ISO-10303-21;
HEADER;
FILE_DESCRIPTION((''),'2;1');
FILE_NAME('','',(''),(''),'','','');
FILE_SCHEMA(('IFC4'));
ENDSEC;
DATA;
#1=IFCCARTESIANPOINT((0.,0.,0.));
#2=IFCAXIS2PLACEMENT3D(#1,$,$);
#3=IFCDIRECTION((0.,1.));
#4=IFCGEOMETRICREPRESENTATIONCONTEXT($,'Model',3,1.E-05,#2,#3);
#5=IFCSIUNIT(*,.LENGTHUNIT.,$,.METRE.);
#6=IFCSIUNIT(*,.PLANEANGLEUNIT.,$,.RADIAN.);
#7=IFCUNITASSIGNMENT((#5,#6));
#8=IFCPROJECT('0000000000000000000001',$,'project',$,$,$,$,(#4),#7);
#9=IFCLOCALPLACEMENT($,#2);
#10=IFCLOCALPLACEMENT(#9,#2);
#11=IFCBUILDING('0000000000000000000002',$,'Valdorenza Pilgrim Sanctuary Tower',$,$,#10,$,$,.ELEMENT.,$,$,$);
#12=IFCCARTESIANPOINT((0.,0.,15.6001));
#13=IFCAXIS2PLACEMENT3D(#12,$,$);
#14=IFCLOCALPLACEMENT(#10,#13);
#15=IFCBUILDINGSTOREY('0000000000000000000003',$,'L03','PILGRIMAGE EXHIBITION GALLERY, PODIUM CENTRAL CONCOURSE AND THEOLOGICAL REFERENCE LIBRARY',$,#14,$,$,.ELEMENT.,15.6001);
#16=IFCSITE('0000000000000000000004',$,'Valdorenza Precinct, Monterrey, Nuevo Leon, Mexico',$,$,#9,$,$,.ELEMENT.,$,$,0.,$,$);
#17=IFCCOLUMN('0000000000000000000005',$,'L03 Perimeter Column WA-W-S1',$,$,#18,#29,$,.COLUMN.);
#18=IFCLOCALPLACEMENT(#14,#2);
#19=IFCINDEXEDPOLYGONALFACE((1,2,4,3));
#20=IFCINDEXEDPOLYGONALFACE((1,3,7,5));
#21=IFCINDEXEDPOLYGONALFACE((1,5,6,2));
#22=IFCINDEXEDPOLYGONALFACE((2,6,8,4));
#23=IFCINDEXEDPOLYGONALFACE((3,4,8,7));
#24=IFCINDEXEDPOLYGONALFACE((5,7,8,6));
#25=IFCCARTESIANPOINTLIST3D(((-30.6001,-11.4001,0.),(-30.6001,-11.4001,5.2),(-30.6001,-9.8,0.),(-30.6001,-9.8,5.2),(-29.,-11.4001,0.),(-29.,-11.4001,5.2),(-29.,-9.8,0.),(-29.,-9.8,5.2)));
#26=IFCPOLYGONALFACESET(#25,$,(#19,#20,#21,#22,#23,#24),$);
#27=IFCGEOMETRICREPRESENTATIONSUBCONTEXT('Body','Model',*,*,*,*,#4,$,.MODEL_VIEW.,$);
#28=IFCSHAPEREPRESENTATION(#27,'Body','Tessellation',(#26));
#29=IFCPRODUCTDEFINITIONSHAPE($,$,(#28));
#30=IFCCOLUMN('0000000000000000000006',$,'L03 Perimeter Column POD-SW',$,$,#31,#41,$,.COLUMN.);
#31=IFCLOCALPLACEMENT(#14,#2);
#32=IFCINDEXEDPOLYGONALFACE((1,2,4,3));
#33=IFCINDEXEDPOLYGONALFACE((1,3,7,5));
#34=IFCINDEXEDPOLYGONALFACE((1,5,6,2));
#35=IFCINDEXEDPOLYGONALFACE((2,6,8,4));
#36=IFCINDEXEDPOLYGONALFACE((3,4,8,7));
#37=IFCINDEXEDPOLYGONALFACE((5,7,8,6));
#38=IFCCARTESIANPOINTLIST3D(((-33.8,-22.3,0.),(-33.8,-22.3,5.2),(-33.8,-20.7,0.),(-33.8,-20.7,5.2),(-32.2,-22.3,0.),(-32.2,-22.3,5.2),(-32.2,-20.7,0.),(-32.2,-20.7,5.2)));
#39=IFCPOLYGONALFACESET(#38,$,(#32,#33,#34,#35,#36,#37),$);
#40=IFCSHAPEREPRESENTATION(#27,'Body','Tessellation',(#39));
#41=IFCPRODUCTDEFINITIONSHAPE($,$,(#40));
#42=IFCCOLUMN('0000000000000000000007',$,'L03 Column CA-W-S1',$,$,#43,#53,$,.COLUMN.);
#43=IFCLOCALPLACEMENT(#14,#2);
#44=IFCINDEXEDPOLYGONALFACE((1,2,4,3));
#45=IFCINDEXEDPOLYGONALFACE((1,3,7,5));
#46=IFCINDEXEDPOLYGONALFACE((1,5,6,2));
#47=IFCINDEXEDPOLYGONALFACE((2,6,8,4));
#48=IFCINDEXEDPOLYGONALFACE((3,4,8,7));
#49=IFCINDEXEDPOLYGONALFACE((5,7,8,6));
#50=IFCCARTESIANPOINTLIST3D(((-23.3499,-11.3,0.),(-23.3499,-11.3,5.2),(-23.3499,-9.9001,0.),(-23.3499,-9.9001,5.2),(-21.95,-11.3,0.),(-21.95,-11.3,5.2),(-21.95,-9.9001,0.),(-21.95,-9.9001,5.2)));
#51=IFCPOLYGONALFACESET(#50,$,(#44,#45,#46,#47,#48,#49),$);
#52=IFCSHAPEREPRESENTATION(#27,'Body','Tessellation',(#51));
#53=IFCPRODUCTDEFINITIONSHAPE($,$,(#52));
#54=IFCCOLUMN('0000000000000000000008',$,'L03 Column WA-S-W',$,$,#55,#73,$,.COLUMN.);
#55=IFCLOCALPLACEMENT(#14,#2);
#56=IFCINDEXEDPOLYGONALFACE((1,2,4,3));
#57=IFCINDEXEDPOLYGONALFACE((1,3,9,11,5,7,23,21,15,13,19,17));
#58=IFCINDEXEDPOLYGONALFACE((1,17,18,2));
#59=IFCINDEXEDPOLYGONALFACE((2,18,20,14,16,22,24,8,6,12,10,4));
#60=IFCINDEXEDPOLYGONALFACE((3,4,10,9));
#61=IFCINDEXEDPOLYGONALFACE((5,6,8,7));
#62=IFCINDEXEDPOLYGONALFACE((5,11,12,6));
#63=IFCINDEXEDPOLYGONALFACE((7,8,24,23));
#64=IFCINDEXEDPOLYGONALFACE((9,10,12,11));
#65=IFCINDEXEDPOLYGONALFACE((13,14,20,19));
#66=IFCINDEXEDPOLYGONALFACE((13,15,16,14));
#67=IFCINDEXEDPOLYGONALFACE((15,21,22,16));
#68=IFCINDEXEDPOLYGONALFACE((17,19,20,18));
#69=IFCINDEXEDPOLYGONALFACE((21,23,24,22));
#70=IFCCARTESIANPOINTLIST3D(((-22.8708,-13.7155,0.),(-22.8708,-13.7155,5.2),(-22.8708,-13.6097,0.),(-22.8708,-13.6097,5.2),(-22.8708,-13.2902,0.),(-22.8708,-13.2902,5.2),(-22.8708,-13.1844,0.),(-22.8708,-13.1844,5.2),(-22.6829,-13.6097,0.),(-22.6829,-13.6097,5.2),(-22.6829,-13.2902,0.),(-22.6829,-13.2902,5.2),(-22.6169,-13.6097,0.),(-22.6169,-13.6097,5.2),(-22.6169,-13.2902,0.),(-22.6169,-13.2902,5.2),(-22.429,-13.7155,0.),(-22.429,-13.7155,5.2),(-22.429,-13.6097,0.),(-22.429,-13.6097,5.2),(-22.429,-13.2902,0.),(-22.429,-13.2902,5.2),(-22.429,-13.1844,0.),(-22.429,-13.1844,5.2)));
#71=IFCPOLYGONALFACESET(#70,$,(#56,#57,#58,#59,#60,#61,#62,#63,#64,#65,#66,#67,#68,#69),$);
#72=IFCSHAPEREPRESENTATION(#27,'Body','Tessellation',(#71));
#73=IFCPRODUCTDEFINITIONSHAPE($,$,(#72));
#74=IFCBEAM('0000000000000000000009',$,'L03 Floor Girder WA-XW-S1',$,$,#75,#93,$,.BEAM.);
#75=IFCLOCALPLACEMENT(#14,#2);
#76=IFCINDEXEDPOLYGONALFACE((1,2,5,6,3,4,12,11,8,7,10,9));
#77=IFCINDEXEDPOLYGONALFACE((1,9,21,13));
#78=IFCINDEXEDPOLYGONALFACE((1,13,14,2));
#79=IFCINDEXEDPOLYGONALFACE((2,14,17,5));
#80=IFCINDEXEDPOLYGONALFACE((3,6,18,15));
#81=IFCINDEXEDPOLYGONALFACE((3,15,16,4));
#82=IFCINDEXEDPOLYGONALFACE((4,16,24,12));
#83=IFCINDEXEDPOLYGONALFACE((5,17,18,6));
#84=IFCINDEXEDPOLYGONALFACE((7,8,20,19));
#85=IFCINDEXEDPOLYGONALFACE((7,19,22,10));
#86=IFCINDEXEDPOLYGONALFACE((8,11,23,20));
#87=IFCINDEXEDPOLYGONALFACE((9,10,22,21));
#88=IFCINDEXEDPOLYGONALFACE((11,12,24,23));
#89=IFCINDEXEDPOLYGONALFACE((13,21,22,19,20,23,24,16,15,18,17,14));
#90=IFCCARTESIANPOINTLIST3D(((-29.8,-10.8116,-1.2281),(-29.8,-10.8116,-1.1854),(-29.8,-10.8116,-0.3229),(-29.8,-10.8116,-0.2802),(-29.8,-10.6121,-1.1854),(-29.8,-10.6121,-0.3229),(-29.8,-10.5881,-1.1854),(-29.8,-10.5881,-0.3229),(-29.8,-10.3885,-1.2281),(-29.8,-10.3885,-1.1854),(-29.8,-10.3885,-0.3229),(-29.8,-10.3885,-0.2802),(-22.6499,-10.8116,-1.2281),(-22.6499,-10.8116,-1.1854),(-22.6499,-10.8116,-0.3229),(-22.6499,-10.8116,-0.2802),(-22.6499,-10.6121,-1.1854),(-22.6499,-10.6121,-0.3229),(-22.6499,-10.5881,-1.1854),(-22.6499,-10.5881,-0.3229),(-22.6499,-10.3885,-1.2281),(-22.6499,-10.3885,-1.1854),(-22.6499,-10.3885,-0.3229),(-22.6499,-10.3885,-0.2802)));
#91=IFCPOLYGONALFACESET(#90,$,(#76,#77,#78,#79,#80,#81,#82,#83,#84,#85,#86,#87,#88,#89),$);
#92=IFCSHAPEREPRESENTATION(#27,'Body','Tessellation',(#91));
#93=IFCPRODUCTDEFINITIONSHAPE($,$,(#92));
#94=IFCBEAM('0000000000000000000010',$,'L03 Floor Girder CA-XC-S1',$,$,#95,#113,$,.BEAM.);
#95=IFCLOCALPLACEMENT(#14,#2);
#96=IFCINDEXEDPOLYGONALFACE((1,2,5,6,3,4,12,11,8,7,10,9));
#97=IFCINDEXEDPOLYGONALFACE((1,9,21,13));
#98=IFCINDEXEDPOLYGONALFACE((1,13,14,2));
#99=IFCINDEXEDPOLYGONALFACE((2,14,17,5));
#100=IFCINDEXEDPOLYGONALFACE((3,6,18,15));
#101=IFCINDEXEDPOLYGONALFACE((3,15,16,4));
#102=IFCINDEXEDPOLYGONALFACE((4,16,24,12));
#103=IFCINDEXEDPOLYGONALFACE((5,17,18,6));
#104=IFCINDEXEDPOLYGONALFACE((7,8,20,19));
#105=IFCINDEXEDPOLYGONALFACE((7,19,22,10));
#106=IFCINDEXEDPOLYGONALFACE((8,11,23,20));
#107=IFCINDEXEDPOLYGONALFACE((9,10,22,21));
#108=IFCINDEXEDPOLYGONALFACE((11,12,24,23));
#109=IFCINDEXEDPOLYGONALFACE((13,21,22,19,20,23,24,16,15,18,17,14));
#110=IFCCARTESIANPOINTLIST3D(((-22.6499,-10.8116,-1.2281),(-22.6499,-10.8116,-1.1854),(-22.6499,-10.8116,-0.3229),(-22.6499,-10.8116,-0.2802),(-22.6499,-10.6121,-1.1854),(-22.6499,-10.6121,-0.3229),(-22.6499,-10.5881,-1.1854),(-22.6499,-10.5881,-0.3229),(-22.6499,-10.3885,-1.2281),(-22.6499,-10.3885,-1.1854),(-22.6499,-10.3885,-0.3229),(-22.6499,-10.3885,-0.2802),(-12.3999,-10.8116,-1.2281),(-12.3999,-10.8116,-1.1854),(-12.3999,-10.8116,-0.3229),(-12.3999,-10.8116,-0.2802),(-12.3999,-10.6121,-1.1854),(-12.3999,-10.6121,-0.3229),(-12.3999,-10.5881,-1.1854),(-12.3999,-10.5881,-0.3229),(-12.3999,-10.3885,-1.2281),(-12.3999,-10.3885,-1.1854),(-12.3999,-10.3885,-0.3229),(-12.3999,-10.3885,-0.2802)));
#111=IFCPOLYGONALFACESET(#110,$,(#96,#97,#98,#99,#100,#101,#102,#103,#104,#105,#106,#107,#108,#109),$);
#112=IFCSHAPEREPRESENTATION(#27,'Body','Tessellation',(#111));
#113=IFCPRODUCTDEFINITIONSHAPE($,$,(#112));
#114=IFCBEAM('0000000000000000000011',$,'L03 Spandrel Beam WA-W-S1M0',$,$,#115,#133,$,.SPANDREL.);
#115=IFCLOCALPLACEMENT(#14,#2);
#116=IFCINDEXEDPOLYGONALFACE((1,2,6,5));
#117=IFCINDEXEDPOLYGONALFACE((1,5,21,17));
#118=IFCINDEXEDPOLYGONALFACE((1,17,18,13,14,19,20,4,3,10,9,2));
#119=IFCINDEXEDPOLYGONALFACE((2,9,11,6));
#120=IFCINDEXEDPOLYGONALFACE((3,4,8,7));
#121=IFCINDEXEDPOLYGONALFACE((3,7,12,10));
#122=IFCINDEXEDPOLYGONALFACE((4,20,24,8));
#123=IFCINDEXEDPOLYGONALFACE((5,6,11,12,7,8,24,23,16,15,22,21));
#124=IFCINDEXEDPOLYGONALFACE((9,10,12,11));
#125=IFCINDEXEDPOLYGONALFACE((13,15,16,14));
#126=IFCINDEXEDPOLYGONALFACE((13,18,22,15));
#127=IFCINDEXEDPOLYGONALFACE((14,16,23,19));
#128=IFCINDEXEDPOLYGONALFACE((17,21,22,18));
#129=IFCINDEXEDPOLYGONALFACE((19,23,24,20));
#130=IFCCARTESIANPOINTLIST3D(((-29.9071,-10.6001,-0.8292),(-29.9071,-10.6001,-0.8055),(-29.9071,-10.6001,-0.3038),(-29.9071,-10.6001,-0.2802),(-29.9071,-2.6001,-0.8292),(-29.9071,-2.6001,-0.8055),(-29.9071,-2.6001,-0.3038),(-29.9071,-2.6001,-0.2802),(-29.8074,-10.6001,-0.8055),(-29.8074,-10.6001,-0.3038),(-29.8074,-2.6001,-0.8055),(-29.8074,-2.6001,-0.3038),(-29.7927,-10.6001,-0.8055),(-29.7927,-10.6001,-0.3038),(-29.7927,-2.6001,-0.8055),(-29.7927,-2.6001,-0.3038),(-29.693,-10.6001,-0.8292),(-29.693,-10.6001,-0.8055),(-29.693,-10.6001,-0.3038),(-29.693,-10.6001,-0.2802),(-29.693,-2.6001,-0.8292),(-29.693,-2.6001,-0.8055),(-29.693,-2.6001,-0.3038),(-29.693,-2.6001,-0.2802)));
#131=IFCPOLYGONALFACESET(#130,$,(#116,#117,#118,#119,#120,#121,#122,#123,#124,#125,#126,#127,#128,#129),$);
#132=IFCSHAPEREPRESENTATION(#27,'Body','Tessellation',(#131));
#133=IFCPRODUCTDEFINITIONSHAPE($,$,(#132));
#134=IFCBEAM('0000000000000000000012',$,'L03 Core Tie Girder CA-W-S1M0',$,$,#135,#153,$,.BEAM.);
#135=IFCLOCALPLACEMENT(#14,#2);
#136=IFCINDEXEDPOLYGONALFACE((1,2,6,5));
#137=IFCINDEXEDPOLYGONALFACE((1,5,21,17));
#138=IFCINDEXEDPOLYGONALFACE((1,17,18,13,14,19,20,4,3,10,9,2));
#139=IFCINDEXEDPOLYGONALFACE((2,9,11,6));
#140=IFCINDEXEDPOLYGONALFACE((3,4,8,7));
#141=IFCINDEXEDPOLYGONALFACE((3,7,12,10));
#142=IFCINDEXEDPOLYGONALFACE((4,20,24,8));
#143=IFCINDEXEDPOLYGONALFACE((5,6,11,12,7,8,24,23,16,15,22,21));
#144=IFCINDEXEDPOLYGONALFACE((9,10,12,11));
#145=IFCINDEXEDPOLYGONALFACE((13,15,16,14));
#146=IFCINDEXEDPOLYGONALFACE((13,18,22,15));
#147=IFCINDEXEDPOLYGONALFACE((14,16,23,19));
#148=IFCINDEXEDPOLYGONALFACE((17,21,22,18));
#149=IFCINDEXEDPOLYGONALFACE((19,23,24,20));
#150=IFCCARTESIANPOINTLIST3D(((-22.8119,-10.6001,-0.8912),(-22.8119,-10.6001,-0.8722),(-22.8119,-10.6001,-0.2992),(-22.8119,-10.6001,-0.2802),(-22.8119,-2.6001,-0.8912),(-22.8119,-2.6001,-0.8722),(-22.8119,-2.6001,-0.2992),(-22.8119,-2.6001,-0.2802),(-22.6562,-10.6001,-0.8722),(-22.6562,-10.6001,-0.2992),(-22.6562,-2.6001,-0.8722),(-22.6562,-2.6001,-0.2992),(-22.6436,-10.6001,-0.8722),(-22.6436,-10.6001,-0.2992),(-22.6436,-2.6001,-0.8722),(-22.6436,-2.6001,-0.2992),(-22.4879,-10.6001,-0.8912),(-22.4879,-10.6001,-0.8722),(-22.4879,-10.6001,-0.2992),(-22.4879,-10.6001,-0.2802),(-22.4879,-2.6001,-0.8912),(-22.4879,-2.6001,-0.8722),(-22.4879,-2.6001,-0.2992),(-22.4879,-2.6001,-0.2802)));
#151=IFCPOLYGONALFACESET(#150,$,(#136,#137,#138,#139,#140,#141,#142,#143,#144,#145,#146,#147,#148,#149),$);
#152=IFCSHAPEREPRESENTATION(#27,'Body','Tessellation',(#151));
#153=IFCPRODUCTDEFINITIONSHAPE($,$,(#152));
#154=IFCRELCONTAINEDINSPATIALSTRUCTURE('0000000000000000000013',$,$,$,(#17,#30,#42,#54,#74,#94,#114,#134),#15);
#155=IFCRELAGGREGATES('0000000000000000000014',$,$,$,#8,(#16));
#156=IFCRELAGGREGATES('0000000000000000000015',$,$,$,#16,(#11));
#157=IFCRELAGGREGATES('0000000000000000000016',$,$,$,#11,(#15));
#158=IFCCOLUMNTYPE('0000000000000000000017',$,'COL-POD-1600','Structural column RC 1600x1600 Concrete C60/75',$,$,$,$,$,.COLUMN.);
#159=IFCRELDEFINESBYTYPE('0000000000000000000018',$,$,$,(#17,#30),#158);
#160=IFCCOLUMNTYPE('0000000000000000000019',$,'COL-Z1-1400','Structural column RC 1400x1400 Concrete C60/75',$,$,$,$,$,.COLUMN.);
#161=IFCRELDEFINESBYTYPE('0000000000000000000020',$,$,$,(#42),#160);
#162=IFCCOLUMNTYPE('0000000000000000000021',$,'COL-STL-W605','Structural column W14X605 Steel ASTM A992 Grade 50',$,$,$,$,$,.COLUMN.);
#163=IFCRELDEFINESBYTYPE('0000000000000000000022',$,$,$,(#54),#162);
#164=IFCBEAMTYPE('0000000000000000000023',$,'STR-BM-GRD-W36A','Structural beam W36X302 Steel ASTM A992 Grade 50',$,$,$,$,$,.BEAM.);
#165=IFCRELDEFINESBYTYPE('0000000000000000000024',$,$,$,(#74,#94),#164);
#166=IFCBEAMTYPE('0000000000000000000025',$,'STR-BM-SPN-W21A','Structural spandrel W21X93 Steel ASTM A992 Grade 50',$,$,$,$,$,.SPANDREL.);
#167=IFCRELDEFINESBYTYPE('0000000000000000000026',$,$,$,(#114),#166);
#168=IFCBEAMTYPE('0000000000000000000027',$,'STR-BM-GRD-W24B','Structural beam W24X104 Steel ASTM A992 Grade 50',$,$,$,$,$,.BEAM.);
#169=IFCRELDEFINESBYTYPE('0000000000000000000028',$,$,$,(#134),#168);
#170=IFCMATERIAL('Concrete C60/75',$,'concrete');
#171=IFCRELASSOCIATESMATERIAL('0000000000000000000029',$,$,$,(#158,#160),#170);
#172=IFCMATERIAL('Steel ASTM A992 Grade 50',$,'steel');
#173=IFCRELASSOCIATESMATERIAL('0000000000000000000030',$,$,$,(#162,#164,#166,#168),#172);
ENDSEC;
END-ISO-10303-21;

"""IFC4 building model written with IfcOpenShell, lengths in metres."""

from ifc_helpers import new_model, si_unit, direction, frame, origin, origin_2d, place, context, subcontext, project, spatial, rectangle, i_section, extrude, source, transform, mapped, material, material_profile, profile_set, type_object, element, save


model = new_model("IFC4")

# Units and contexts
model_context = context("Model", 3, precision=1e-05, world=origin(), true_north=direction((0.0, 1.0)))
body_context = subcontext(model_context, "Body", "Model", "MODEL_VIEW")
ifc_project = project(units=[si_unit("LENGTHUNIT", "METRE"), si_unit("PLANEANGLEUNIT", "RADIAN")], contexts=[model_context])

# Site, building, storey
site_placement = place(None, origin())
site = spatial("IfcSite", under=ifc_project, at=site_placement, Name="Valdorenza Precinct, Monterrey, Nuevo Leon, Mexico", CompositionType="ELEMENT", RefElevation=0.0)
building_placement = place(site_placement, origin())
building = spatial("IfcBuilding", under=site, at=building_placement, Name="Valdorenza Pilgrim Sanctuary Tower", CompositionType="ELEMENT")
storey_placement = place(building_placement, frame((0.0, 0.0, 15.6001)))
storey = spatial("IfcBuildingStorey", under=building, at=storey_placement, Name="L03", Description="PILGRIMAGE EXHIBITION GALLERY, PODIUM CENTRAL CONCOURSE AND THEOLOGICAL REFERENCE LIBRARY", CompositionType="ELEMENT", Elevation=15.6001)

# Columns
ifc_material_1 = material(Name="Concrete C60/75", Category="concrete")
ifc_material_profile_1 = material_profile(ifc_material_1, rectangle(XDim=1.6001, YDim=1.6001, at=origin_2d()), Name="RC 1600x1600")
ifc_profile_set_1 = profile_set([ifc_material_profile_1], Name="Concrete C60/75")
column_type_1 = type_object("IfcColumnType", Name="COL-POD-1600", Description="Structural column RC 1600x1600 Concrete C60/75", PredefinedType="COLUMN", material=ifc_profile_set_1)
shared_shape_1 = source(origin(), body_context, "Body", "SweptSolid", [
    extrude(rectangle(XDim=1.6001, YDim=1.6001, at=origin_2d()), origin(), (0.0, 0.0, 1.0), 5.2),
])
for number, where, z_axis, x_axis, name in (
    (1, (-29.8, -10.6001, 0.0), (0.0, 0.0, 1.0), (1.0, 0.0, 0.0), "L03 Perimeter Column WA-W-S1"),
    (2, (-33.0, -21.5, 0.0), (0.0, 0.0, 1.0), (1.0, 0.0, 0.0), "L03 Perimeter Column POD-SW"),
):
    element("IfcColumn", number, at=place(storey_placement, frame(where, z_axis=z_axis, x_axis=x_axis)), inside=storey, type_object=column_type_1, Name=name, PredefinedType="COLUMN", context=body_context, shape_type="MappedRepresentation", body=[
        mapped(shared_shape_1, transform((0.0, 0.0, 0.0), x_axis=(1.0, 0.0, 0.0), y_axis=(0.0, 1.0, 0.0), z_axis=(0.0, 0.0, 1.0), scale=1.0)),
    ])
ifc_material_profile_2 = material_profile(ifc_material_1, rectangle(XDim=1.3999, YDim=1.3999, at=origin_2d()), Name="RC 1400x1400")
ifc_profile_set_2 = profile_set([ifc_material_profile_2], Name="Concrete C60/75")
column_type_2 = type_object("IfcColumnType", Name="COL-Z1-1400", Description="Structural column RC 1400x1400 Concrete C60/75", PredefinedType="COLUMN", material=ifc_profile_set_2)
shared_shape_2 = source(origin(), body_context, "Body", "SweptSolid", [
    extrude(rectangle(XDim=1.3999, YDim=1.3999, at=origin_2d()), origin(), (0.0, 0.0, 1.0), 5.2),
])
column_1_placement = place(storey_placement, frame((-22.6499, -10.6001, 0.0), z_axis=(0.0, 0.0, 1.0), x_axis=(1.0, 0.0, 0.0)))
element("IfcColumn", 3, at=column_1_placement, inside=storey, type_object=column_type_2, Name="L03 Column CA-W-S1", PredefinedType="COLUMN", context=body_context, shape_type="MappedRepresentation", body=[
    mapped(shared_shape_2, transform((0.0, 0.0, 0.0), x_axis=(1.0, 0.0, 0.0), y_axis=(0.0, 1.0, 0.0), z_axis=(0.0, 0.0, 1.0), scale=1.0)),
])
ifc_material_2 = material(Name="Steel ASTM A992 Grade 50", Category="steel")
ifc_material_profile_3 = material_profile(ifc_material_2, i_section(OverallWidth=0.4419, OverallDepth=0.531, WebThickness=0.0659, FlangeThickness=0.1057, at=origin_2d()), Name="W14X605")
ifc_profile_set_3 = profile_set([ifc_material_profile_3], Name="Steel ASTM A992 Grade 50")
column_type_3 = type_object("IfcColumnType", Name="COL-STL-W605", Description="Structural column W14X605 Steel ASTM A992 Grade 50", PredefinedType="COLUMN", material=ifc_profile_set_3)
shared_shape_3 = source(origin(), body_context, "Body", "SweptSolid", [
    extrude(i_section(OverallWidth=0.4419, OverallDepth=0.531, WebThickness=0.0659, FlangeThickness=0.1057, at=origin_2d()), origin(), (0.0, 0.0, 1.0), 5.2),
])
column_2_placement = place(storey_placement, frame((-22.6499, -13.45, 0.0), z_axis=(0.0, 0.0, 1.0), x_axis=(1.0, 0.0, 0.0)))
element("IfcColumn", 4, at=column_2_placement, inside=storey, type_object=column_type_3, Name="L03 Column WA-S-W", PredefinedType="COLUMN", context=body_context, shape_type="MappedRepresentation", body=[
    mapped(shared_shape_3, transform((0.0, 0.0, 0.0), x_axis=(1.0, 0.0, 0.0), y_axis=(0.0, 1.0, 0.0), z_axis=(0.0, 0.0, 1.0), scale=1.0)),
])

# Beams
ifc_material_profile_4 = material_profile(ifc_material_2, i_section(OverallWidth=0.4231, OverallDepth=0.948, WebThickness=0.0239, FlangeThickness=0.0427, at=origin_2d()), Name="W36X302")
ifc_profile_set_4 = profile_set([ifc_material_profile_4], Name="Steel ASTM A992 Grade 50")
beam_type_1 = type_object("IfcBeamType", Name="STR-BM-GRD-W36A", Description="Structural beam W36X302 Steel ASTM A992 Grade 50", PredefinedType="BEAM", material=ifc_profile_set_4)
shared_shape_4 = source(origin(), body_context, "Body", "SweptSolid", [
    extrude(i_section(OverallWidth=0.4231, OverallDepth=0.948, WebThickness=0.0239, FlangeThickness=0.0427, at=origin_2d()), origin(), (0.0, 0.0, 1.0), 7.1501),
])
beam_1_placement = place(storey_placement, frame((-29.8, -10.6001, -0.7542), z_axis=(1.0, 0.0, 0.0), x_axis=(0.0, 1.0, 0.0)))
element("IfcBeam", 5, at=beam_1_placement, inside=storey, type_object=beam_type_1, Name="L03 Floor Girder WA-XW-S1", PredefinedType="BEAM", context=body_context, shape_type="MappedRepresentation", body=[
    mapped(shared_shape_4, transform((0.0, 0.0, 0.0), x_axis=(1.0, 0.0, 0.0), y_axis=(0.0, 1.0, 0.0), z_axis=(0.0, 0.0, 1.0), scale=1.0)),
])
shared_shape_5 = source(origin(), body_context, "Body", "SweptSolid", [
    extrude(i_section(OverallWidth=0.4231, OverallDepth=0.948, WebThickness=0.0239, FlangeThickness=0.0427, at=origin_2d()), origin(), (0.0, 0.0, 1.0), 10.25),
])
beam_2_placement = place(storey_placement, frame((-22.6499, -10.6001, -0.7542), z_axis=(1.0, 0.0, 0.0), x_axis=(0.0, 1.0, 0.0)))
element("IfcBeam", 6, at=beam_2_placement, inside=storey, type_object=beam_type_1, Name="L03 Floor Girder CA-XC-S1", PredefinedType="BEAM", context=body_context, shape_type="MappedRepresentation", body=[
    mapped(shared_shape_5, transform((0.0, 0.0, 0.0), x_axis=(1.0, 0.0, 0.0), y_axis=(0.0, 1.0, 0.0), z_axis=(0.0, 0.0, 1.0), scale=1.0)),
])
ifc_material_profile_5 = material_profile(ifc_material_2, i_section(OverallWidth=0.2141, OverallDepth=0.5491, WebThickness=0.0146, FlangeThickness=0.0237, at=origin_2d()), Name="W21X93")
ifc_profile_set_5 = profile_set([ifc_material_profile_5], Name="Steel ASTM A992 Grade 50")
beam_type_2 = type_object("IfcBeamType", Name="STR-BM-SPN-W21A", Description="Structural spandrel W21X93 Steel ASTM A992 Grade 50", PredefinedType="SPANDREL", material=ifc_profile_set_5)
shared_shape_6 = source(origin(), body_context, "Body", "SweptSolid", [
    extrude(i_section(OverallWidth=0.2141, OverallDepth=0.5491, WebThickness=0.0146, FlangeThickness=0.0237, at=origin_2d()), origin(), (0.0, 0.0, 1.0), 8.0),
])
beam_3_placement = place(storey_placement, frame((-29.8, -10.6001, -0.5547), z_axis=(0.0, 1.0, 0.0), x_axis=(-1.0, 0.0, 0.0)))
element("IfcBeam", 7, at=beam_3_placement, inside=storey, type_object=beam_type_2, Name="L03 Spandrel Beam WA-W-S1M0", PredefinedType="SPANDREL", context=body_context, shape_type="MappedRepresentation", body=[
    mapped(shared_shape_6, transform((0.0, 0.0, 0.0), x_axis=(1.0, 0.0, 0.0), y_axis=(0.0, 1.0, 0.0), z_axis=(0.0, 0.0, 1.0), scale=1.0)),
])
ifc_material_profile_6 = material_profile(ifc_material_2, i_section(OverallWidth=0.324, OverallDepth=0.6111, WebThickness=0.0127, FlangeThickness=0.019, at=origin_2d()), Name="W24X104")
ifc_profile_set_6 = profile_set([ifc_material_profile_6], Name="Steel ASTM A992 Grade 50")
beam_type_3 = type_object("IfcBeamType", Name="STR-BM-GRD-W24B", Description="Structural beam W24X104 Steel ASTM A992 Grade 50", PredefinedType="BEAM", material=ifc_profile_set_6)
shared_shape_7 = source(origin(), body_context, "Body", "SweptSolid", [
    extrude(i_section(OverallWidth=0.324, OverallDepth=0.6111, WebThickness=0.0127, FlangeThickness=0.019, at=origin_2d()), origin(), (0.0, 0.0, 1.0), 8.0),
])
beam_4_placement = place(storey_placement, frame((-22.6499, -10.6001, -0.5857), z_axis=(0.0, 1.0, 0.0), x_axis=(-1.0, 0.0, 0.0)))
element("IfcBeam", 8, at=beam_4_placement, inside=storey, type_object=beam_type_3, Name="L03 Core Tie Girder CA-W-S1M0", PredefinedType="BEAM", context=body_context, shape_type="MappedRepresentation", body=[
    mapped(shared_shape_7, transform((0.0, 0.0, 0.0), x_axis=(1.0, 0.0, 0.0), y_axis=(0.0, 1.0, 0.0), z_axis=(0.0, 0.0, 1.0), scale=1.0)),
])

save(model, "model.ifc")
